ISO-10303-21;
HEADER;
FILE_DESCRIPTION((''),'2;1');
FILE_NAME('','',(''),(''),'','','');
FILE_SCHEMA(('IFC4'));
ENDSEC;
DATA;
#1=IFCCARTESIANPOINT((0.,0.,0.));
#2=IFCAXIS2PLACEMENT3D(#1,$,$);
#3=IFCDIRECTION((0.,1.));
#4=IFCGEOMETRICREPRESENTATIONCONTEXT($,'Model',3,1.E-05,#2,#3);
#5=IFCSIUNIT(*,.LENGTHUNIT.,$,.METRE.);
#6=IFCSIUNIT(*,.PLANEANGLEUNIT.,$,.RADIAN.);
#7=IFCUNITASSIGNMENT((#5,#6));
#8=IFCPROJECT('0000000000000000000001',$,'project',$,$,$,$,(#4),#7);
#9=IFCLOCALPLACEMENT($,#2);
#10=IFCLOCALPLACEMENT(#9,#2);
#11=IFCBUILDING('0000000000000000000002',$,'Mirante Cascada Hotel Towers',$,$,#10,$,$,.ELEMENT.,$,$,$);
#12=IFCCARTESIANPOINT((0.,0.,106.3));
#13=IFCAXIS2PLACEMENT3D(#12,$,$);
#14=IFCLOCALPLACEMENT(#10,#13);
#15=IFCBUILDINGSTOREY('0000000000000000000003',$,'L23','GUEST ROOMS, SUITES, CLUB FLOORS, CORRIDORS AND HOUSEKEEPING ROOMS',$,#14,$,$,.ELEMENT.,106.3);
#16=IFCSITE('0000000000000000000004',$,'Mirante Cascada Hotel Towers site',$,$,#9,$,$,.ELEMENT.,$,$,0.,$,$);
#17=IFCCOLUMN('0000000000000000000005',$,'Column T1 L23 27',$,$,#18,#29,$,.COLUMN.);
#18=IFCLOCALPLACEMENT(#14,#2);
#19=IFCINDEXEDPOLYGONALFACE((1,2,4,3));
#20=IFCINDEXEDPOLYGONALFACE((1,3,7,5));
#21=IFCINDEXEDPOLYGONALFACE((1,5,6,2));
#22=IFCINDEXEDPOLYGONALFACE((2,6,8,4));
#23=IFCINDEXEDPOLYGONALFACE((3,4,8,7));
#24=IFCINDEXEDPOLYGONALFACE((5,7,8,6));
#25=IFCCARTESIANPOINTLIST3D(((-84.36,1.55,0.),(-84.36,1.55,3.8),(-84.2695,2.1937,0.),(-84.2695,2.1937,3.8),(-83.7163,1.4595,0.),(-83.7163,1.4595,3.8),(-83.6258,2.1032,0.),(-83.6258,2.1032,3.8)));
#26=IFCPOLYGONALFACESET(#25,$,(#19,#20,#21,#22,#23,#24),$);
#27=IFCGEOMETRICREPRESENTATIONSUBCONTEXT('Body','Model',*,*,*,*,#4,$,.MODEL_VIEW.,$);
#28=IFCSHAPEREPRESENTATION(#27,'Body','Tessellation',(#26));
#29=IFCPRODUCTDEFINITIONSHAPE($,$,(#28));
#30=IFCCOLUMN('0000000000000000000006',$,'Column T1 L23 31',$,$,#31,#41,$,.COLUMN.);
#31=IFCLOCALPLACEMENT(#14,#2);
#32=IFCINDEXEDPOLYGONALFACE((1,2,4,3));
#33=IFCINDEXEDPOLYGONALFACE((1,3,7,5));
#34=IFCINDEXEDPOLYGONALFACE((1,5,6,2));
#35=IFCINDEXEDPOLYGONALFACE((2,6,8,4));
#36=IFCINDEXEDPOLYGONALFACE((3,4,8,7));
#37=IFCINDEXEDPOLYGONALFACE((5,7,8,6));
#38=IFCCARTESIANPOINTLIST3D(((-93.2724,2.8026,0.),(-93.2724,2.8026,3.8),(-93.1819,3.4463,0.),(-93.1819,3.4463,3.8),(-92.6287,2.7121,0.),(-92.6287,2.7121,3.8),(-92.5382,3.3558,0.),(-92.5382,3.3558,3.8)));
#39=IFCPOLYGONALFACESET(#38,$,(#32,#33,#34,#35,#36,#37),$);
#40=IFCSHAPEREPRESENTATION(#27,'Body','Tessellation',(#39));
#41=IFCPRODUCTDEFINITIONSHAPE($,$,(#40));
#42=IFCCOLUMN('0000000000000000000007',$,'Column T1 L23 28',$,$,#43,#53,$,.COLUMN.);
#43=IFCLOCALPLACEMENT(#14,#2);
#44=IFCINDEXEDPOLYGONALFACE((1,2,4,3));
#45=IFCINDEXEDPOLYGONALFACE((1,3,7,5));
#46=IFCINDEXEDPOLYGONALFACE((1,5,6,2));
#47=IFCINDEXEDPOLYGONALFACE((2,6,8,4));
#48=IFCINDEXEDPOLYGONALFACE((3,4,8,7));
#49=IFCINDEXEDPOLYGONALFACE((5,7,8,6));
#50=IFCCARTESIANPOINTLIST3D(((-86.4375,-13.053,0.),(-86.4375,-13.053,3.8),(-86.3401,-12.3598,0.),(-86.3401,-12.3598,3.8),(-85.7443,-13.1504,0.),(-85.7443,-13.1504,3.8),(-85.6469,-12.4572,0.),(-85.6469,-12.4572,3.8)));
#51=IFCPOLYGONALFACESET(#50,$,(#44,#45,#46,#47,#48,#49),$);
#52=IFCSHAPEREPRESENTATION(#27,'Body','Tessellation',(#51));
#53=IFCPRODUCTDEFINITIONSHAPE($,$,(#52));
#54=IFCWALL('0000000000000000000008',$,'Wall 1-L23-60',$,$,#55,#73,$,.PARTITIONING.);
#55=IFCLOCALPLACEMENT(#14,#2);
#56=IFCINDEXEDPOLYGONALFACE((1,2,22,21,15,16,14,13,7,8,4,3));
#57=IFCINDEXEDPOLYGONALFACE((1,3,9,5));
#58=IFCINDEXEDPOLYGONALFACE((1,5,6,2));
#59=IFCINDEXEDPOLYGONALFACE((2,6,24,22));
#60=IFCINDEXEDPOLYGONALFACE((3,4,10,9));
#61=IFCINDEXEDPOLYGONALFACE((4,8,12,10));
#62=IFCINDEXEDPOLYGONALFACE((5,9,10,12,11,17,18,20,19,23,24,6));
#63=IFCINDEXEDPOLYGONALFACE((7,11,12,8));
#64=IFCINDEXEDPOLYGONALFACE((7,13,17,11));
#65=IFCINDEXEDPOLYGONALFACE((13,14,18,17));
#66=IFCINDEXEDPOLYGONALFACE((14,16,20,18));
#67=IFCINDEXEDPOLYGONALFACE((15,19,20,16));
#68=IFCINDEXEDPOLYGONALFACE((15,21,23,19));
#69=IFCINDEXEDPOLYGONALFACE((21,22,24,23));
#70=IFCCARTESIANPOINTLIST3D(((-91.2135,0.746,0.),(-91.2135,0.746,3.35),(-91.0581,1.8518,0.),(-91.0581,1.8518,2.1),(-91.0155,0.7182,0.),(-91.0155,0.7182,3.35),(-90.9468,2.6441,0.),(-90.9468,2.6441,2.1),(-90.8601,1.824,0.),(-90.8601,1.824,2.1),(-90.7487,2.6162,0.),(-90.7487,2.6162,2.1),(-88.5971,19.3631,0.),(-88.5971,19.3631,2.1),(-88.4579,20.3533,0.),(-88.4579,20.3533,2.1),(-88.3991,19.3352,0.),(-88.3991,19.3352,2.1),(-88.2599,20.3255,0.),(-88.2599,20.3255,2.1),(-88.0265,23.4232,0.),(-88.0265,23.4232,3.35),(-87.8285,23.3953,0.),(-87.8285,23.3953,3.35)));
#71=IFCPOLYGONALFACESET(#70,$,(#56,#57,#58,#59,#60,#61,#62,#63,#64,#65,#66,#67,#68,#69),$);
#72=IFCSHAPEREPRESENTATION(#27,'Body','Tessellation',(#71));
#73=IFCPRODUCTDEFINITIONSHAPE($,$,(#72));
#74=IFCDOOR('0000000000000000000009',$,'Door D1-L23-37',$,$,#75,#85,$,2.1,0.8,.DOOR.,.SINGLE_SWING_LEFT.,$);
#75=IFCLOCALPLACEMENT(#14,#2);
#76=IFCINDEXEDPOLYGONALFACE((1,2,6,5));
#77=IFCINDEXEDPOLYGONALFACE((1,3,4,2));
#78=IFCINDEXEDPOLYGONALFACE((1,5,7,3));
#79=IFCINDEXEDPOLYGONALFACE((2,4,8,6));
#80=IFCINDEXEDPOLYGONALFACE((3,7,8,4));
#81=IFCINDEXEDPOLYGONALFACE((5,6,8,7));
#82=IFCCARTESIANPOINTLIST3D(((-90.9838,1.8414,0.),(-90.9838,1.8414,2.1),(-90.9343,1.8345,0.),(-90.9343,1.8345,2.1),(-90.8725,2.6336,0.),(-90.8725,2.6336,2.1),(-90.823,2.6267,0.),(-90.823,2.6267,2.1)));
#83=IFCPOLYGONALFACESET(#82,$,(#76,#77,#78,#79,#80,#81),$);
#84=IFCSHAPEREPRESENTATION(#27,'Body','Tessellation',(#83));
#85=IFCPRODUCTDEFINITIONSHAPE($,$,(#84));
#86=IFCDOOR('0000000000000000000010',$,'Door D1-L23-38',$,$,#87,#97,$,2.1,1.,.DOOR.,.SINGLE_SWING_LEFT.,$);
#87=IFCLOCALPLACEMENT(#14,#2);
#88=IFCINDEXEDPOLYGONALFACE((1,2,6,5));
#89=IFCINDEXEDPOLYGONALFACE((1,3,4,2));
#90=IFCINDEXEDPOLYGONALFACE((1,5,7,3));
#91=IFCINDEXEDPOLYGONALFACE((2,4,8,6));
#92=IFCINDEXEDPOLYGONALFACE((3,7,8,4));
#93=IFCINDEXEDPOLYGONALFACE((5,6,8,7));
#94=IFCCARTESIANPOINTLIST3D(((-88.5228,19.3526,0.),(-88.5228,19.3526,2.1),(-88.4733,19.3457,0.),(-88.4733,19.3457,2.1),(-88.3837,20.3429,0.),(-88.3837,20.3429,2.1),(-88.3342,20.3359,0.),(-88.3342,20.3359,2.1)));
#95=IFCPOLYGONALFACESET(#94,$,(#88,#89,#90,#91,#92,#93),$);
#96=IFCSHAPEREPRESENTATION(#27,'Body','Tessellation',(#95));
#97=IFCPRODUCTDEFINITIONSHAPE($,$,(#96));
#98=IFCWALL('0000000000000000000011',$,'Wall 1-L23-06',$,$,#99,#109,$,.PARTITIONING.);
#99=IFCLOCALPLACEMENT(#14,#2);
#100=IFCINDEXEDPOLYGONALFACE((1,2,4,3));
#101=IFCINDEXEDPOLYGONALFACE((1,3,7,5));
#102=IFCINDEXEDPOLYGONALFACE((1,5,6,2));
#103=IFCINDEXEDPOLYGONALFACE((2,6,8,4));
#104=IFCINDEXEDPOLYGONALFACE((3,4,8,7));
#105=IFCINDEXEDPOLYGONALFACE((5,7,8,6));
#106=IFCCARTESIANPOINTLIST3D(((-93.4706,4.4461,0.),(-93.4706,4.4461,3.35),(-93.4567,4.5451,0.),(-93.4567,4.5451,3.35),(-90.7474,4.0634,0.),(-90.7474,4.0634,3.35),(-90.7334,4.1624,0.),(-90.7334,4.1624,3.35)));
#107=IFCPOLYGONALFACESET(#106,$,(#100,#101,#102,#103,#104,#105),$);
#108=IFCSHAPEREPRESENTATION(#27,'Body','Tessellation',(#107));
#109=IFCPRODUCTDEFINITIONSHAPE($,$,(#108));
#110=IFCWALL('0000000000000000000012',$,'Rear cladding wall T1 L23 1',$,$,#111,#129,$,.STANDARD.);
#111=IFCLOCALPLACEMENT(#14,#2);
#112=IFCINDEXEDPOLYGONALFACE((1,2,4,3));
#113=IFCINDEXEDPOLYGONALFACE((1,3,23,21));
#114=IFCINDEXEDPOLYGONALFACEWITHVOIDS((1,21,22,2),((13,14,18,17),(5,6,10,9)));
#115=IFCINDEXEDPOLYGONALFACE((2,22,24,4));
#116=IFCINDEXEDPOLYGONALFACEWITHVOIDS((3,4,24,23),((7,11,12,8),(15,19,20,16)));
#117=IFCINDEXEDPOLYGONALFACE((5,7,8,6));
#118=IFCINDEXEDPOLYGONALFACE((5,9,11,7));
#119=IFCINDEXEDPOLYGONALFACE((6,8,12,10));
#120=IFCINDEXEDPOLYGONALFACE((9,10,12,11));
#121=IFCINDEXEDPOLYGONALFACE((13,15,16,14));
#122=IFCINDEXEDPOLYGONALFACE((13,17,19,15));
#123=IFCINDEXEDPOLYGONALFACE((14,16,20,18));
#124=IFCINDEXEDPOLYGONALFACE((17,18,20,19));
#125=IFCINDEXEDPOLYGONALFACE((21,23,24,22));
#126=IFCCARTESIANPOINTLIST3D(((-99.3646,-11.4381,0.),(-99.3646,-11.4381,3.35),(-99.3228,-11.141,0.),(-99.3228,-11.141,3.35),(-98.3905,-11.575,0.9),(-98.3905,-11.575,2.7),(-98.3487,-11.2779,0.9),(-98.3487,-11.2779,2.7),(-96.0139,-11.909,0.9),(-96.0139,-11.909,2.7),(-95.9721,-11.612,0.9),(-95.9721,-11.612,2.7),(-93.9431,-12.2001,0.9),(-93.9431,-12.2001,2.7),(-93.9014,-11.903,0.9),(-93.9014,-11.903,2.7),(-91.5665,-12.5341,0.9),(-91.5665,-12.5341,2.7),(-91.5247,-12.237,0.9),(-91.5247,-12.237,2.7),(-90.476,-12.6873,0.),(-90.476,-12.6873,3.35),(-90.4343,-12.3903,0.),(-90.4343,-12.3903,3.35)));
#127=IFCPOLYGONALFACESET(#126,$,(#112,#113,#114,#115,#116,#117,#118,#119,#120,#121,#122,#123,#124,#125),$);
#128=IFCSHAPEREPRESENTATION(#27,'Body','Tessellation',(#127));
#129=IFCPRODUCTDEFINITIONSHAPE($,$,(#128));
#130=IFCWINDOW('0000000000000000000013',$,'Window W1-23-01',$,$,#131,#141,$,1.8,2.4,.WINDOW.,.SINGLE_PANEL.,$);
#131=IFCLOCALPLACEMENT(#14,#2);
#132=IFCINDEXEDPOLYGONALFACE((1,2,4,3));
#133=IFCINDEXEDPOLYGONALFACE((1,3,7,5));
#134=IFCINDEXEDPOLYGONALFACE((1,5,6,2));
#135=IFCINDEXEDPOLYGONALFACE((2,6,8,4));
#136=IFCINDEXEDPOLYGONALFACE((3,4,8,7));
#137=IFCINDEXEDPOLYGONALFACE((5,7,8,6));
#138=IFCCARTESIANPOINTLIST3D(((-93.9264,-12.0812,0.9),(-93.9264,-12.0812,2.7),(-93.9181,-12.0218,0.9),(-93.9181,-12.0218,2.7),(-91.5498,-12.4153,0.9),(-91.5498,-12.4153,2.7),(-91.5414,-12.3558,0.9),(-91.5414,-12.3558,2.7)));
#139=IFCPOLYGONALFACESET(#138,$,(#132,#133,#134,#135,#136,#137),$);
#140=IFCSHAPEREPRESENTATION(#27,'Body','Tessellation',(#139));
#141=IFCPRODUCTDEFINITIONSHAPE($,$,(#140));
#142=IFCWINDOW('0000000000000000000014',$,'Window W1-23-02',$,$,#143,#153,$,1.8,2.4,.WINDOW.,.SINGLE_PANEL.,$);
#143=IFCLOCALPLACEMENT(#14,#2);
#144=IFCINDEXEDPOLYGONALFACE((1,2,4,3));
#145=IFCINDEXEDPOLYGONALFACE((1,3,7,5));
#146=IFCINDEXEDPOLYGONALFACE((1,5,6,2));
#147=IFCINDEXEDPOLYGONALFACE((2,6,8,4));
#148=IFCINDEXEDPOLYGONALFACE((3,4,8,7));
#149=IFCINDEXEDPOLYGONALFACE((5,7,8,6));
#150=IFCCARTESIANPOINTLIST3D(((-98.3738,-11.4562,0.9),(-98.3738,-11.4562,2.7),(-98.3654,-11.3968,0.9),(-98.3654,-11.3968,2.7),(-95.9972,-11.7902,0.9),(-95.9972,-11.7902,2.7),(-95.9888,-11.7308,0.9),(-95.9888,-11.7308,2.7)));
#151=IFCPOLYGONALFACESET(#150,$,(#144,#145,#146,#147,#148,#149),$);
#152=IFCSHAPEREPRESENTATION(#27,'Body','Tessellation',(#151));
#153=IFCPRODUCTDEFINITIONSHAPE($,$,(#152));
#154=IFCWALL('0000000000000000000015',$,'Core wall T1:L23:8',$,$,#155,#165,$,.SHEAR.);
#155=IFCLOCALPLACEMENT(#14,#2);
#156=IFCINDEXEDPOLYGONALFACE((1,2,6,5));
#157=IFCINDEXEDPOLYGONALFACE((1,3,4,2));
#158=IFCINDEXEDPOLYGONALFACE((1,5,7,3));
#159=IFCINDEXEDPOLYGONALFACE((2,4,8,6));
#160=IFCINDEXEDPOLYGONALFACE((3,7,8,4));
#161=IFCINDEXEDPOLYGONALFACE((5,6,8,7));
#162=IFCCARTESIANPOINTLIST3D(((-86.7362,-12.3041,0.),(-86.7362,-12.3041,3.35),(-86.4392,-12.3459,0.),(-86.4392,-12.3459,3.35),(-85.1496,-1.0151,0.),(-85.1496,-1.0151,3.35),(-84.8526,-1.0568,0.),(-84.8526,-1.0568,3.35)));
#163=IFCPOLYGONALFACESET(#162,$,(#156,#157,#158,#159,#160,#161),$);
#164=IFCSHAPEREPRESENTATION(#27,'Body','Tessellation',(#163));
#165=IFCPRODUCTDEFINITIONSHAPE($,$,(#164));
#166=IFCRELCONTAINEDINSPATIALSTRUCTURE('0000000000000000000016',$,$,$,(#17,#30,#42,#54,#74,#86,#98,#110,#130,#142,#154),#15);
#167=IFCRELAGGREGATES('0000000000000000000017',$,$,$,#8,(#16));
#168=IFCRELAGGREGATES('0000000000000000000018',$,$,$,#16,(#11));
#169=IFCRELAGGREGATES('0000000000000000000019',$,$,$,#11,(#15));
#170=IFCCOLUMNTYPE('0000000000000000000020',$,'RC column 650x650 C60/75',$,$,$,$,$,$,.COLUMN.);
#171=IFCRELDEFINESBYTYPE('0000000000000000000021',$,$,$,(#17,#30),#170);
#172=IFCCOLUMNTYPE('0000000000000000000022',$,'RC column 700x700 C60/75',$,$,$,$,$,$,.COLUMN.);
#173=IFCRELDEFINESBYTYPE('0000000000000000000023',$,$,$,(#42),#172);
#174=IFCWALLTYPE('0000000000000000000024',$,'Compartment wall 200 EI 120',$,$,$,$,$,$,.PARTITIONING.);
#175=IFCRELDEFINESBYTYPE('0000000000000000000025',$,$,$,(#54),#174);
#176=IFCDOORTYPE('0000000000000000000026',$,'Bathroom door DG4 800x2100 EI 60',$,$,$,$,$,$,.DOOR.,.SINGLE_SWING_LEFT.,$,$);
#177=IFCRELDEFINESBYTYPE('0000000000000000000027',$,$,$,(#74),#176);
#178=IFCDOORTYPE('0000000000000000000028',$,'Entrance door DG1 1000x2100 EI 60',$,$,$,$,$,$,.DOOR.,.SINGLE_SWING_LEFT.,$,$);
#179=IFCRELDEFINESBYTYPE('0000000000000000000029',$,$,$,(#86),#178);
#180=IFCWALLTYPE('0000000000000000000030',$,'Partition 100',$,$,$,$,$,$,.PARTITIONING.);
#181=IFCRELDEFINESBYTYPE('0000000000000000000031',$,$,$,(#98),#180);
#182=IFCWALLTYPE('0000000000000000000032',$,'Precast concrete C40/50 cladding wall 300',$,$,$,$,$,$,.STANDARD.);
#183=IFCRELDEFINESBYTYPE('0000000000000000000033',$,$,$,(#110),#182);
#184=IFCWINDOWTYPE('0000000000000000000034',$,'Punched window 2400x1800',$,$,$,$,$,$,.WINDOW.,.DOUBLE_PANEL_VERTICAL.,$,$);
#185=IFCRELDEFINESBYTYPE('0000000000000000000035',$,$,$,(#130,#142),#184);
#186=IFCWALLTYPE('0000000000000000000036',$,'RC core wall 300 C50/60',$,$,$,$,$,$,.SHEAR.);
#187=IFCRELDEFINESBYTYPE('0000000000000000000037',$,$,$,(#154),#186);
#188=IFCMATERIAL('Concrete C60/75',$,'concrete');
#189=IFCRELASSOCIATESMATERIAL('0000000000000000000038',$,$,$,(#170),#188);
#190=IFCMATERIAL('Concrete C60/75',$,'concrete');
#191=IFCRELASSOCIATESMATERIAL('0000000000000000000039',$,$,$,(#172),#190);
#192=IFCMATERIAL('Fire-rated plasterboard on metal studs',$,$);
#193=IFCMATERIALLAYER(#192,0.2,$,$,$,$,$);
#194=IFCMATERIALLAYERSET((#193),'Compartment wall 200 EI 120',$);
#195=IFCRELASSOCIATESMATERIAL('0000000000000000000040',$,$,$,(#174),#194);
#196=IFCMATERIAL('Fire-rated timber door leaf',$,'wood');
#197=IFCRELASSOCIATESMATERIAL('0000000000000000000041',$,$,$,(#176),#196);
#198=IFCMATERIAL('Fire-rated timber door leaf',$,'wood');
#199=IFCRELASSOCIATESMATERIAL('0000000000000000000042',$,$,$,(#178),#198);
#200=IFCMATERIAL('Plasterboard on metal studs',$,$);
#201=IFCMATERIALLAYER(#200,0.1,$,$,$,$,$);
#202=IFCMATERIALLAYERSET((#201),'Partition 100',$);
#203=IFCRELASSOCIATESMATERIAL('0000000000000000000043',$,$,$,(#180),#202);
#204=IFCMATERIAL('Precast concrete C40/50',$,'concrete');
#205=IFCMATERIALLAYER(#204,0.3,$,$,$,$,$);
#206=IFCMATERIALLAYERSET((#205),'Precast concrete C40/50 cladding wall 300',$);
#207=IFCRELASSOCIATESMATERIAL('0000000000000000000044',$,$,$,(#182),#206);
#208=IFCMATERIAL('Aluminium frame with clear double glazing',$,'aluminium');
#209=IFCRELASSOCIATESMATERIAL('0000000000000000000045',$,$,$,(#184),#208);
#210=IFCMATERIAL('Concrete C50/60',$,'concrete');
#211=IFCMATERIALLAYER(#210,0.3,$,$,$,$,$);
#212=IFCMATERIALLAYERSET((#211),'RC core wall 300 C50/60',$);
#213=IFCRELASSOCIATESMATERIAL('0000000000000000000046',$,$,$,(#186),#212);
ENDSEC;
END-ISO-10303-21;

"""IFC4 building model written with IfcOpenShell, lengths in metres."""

from ifc_helpers import new_model, si_unit, direction, frame, frame_2d, origin, origin_2d, place, context, subcontext, project, spatial, rectangle, extrude, material, layer, layer_set, material_profile, profile_set, type_object, element, fill, save


model = new_model("IFC4")

# Units and contexts
model_context = context("Model", 3, precision=1e-05, world=origin(), true_north=direction((0.0, 1.0)))
body_context = subcontext(model_context, "Body", "Model", "MODEL_VIEW")
ifc_project = project(units=[si_unit("LENGTHUNIT", "METRE"), si_unit("PLANEANGLEUNIT", "RADIAN")], contexts=[model_context])

# Site, building, storey
site_placement = place(None, origin())
site = spatial("IfcSite", under=ifc_project, at=site_placement, Name="Mirante Cascada Hotel Towers site", CompositionType="ELEMENT", RefElevation=0.0)
building_placement = place(site_placement, origin())
building = spatial("IfcBuilding", under=site, at=building_placement, Name="Mirante Cascada Hotel Towers", CompositionType="ELEMENT")
storey_placement = place(building_placement, frame((0.0, 0.0, 106.3)))
storey = spatial("IfcBuildingStorey", under=building, at=storey_placement, Name="L23", Description="GUEST ROOMS, SUITES, CLUB FLOORS, CORRIDORS AND HOUSEKEEPING ROOMS", CompositionType="ELEMENT", Elevation=106.3)

# Columns
ifc_material_1 = material(Name="Concrete C60/75", Category="concrete")
ifc_material_profile_1 = material_profile(ifc_material_1, rectangle(XDim=0.65, YDim=0.65, at=origin_2d()), Name="RC column 650x650 C60/75")
ifc_profile_set_1 = profile_set([ifc_material_profile_1], Name="Concrete C60/75")
column_type_1 = type_object("IfcColumnType", Name="RC column 650x650 C60/75", PredefinedType="COLUMN", material=ifc_profile_set_1)
for number, where, z_axis, x_axis, name in (
    (1, (-83.9929, 1.8266, 0.0), (0.0, 0.0, 1.0), (-0.990268, 0.139173, 0.0), "Column T1 L23 27"),
    (2, (-92.9053, 3.0792, 0.0), (0.0, 0.0, 1.0), (-0.990268, 0.139173, 0.0), "Column T1 L23 31"),
):
    element("IfcColumn", number, at=place(storey_placement, frame(where, z_axis=z_axis, x_axis=x_axis)), inside=storey, type_object=column_type_1, Name=name, PredefinedType="COLUMN", context=body_context, shape_type="SweptSolid", body=[
        extrude(rectangle(XDim=0.65, YDim=0.65, at=origin_2d()), origin(), (0.0, 0.0, 1.0), 3.8),
    ])
ifc_material_2 = material(Name="Concrete C60/75", Category="concrete")
ifc_material_profile_2 = material_profile(ifc_material_2, rectangle(XDim=0.7, YDim=0.7, at=origin_2d()), Name="RC column 700x700 C60/75")
ifc_profile_set_2 = profile_set([ifc_material_profile_2], Name="Concrete C60/75")
column_type_2 = type_object("IfcColumnType", Name="RC column 700x700 C60/75", PredefinedType="COLUMN", material=ifc_profile_set_2)
column_placement = place(storey_placement, frame((-86.0422, -12.7551, 0.0), z_axis=(0.0, 0.0, 1.0), x_axis=(-0.990268, 0.139173, 0.0)))
element("IfcColumn", 3, at=column_placement, inside=storey, type_object=column_type_2, Name="Column T1 L23 28", PredefinedType="COLUMN", context=body_context, shape_type="SweptSolid", body=[
    extrude(rectangle(XDim=0.7, YDim=0.7, at=origin_2d()), origin(), (0.0, 0.0, 1.0), 3.8),
])

# Wall, openings, doors
ifc_material_3 = material(Name="Fire-rated plasterboard on metal studs")
ifc_layer_1 = layer(ifc_material_3, 0.2)
ifc_layer_set_1 = layer_set([ifc_layer_1], Name="Compartment wall 200 EI 120")
wall_type_1 = type_object("IfcWallType", Name="Compartment wall 200 EI 120", PredefinedType="PARTITIONING", material=ifc_layer_set_1)
wall_1_placement = place(storey_placement, frame((-91.1145, 0.7321, 0.0), z_axis=(0.0, 0.0, 1.0), x_axis=(0.139171, 0.990268, 0.0)))
wall_1 = element("IfcWall", 4, at=wall_1_placement, inside=storey, type_object=wall_type_1, Name="Wall 1-L23-60", PredefinedType="PARTITIONING", context=body_context, shape_type="SweptSolid", body=[
    extrude(rectangle(XDim=22.9, YDim=0.2, at=frame_2d((11.45, 0.0))), origin(), (0.0, 0.0, 1.0), 3.35),
])
opening_1_placement = place(wall_1_placement, frame((1.1167, 0.0, 0.0)))
opening_1 = element("IfcOpeningElement", 5, at=opening_1_placement, cuts=wall_1, PredefinedType="OPENING", context=body_context, shape_type="SweptSolid", body=[
    extrude(rectangle(XDim=0.8, YDim=2.1, at=frame_2d((0.4, 1.05))), frame((0.0, 0.1, 0.0), z_axis=(0.0, -1.0, 0.0), x_axis=(1.0, 0.0, 0.0)), (0.0, 0.0, 1.0), 0.2),
])
opening_2_placement = place(wall_1_placement, frame((18.8, 0.0, 0.0)))
opening_2 = element("IfcOpeningElement", 6, at=opening_2_placement, cuts=wall_1, PredefinedType="OPENING", context=body_context, shape_type="SweptSolid", body=[
    extrude(rectangle(XDim=1.0, YDim=2.1, at=frame_2d((0.5, 1.05))), frame((0.0, 0.1, 0.0), z_axis=(0.0, -1.0, 0.0), x_axis=(1.0, 0.0, 0.0)), (0.0, 0.0, 1.0), 0.2),
])
ifc_material_4 = material(Name="Fire-rated timber door leaf", Category="wood")
door_type_1 = type_object("IfcDoorType", Name="Bathroom door DG4 800x2100 EI 60", OperationType="SINGLE_SWING_LEFT", PredefinedType="DOOR", material=ifc_material_4)
door_1_placement = place(opening_1_placement, origin())
door_1 = element("IfcDoor", 7, at=door_1_placement, inside=storey, type_object=door_type_1, Name="Door D1-L23-37", OperationType="SINGLE_SWING_LEFT", OverallHeight=2.1, OverallWidth=0.8, PredefinedType="DOOR", context=body_context, shape_type="SweptSolid", body=[
    extrude(rectangle(XDim=0.8, YDim=2.1, at=frame_2d((0.4, 1.05))), frame((0.0, 0.025, 0.0), z_axis=(0.0, -1.0, 0.0), x_axis=(1.0, 0.0, 0.0)), (0.0, 0.0, 1.0), 0.05),
])
fill(opening_1, door_1)
ifc_material_5 = material(Name="Fire-rated timber door leaf", Category="wood")
door_type_2 = type_object("IfcDoorType", Name="Entrance door DG1 1000x2100 EI 60", OperationType="SINGLE_SWING_LEFT", PredefinedType="DOOR", material=ifc_material_5)
door_2_placement = place(opening_2_placement, origin())
door_2 = element("IfcDoor", 8, at=door_2_placement, inside=storey, type_object=door_type_2, Name="Door D1-L23-38", OperationType="SINGLE_SWING_LEFT", OverallHeight=2.1, OverallWidth=1.0, PredefinedType="DOOR", context=body_context, shape_type="SweptSolid", body=[
    extrude(rectangle(XDim=1.0, YDim=2.1, at=frame_2d((0.5, 1.05))), frame((0.0, 0.025, 0.0), z_axis=(0.0, -1.0, 0.0), x_axis=(1.0, 0.0, 0.0)), (0.0, 0.0, 1.0), 0.05),
])
fill(opening_2, door_2)

# Wall
ifc_material_6 = material(Name="Plasterboard on metal studs")
ifc_layer_2 = layer(ifc_material_6, 0.1)
ifc_layer_set_2 = layer_set([ifc_layer_2], Name="Partition 100")
wall_type_2 = type_object("IfcWallType", Name="Partition 100", PredefinedType="PARTITIONING", material=ifc_layer_set_2)
wall_2_placement = place(storey_placement, frame((-90.7404, 4.1129, 0.0), z_axis=(0.0, 0.0, 1.0), x_axis=(-0.990269, 0.139166, 0.0)))
element("IfcWall", 9, at=wall_2_placement, inside=storey, type_object=wall_type_2, Name="Wall 1-L23-06", PredefinedType="PARTITIONING", context=body_context, shape_type="SweptSolid", body=[
    extrude(rectangle(XDim=2.75, YDim=0.1, at=frame_2d((1.375, 0.0))), origin(), (0.0, 0.0, 1.0), 3.35),
])

# Wall, openings, windows
ifc_material_7 = material(Name="Precast concrete C40/50", Category="concrete")
ifc_layer_3 = layer(ifc_material_7, 0.3)
ifc_layer_set_3 = layer_set([ifc_layer_3], Name="Precast concrete C40/50 cladding wall 300")
wall_type_3 = type_object("IfcWallType", Name="Precast concrete C40/50 cladding wall 300", PredefinedType="STANDARD", material=ifc_layer_set_3)
wall_3_placement = place(storey_placement, frame((-90.4551, -12.5388, 0.0), z_axis=(0.0, 0.0, 1.0), x_axis=(-0.990268, 0.139173, 0.0)))
wall_3 = element("IfcWall", 10, at=wall_3_placement, inside=storey, type_object=wall_type_3, Name="Rear cladding wall T1 L23 1", PredefinedType="STANDARD", context=body_context, shape_type="SweptSolid", body=[
    extrude(rectangle(XDim=8.9759, YDim=0.3, at=frame_2d((4.488, 0.0))), origin(), (0.0, 0.0, 1.0), 3.35),
])
opening_3_placement = place(wall_3_placement, frame((1.1012, 0.0, 0.9)))
opening_3 = element("IfcOpeningElement", 11, at=opening_3_placement, cuts=wall_3, PredefinedType="OPENING", context=body_context, shape_type="SweptSolid", body=[
    extrude(rectangle(XDim=2.4, YDim=1.8, at=frame_2d((1.2, 0.9))), frame((0.0, 0.15, 0.0), z_axis=(0.0, -1.0, 0.0), x_axis=(1.0, 0.0, 0.0)), (0.0, 0.0, 1.0), 0.3),
])
opening_4_placement = place(wall_3_placement, frame((5.5923, 0.0, 0.9)))
opening_4 = element("IfcOpeningElement", 12, at=opening_4_placement, cuts=wall_3, PredefinedType="OPENING", context=body_context, shape_type="SweptSolid", body=[
    extrude(rectangle(XDim=2.4, YDim=1.8, at=frame_2d((1.2, 0.9))), frame((0.0, 0.15, 0.0), z_axis=(0.0, -1.0, 0.0), x_axis=(1.0, 0.0, 0.0)), (0.0, 0.0, 1.0), 0.3),
])
ifc_material_8 = material(Name="Aluminium frame with clear double glazing", Category="aluminium")
window_type = type_object("IfcWindowType", Name="Punched window 2400x1800", PartitioningType="DOUBLE_PANEL_VERTICAL", PredefinedType="WINDOW", material=ifc_material_8)
window_1_placement = place(opening_3_placement, origin())
window_1 = element("IfcWindow", 13, at=window_1_placement, inside=storey, type_object=window_type, Name="Window W1-23-01", OverallHeight=1.8, OverallWidth=2.4, PartitioningType="SINGLE_PANEL", PredefinedType="WINDOW", context=body_context, shape_type="SweptSolid", body=[
    extrude(rectangle(XDim=2.4, YDim=1.8, at=frame_2d((1.2, 0.9))), frame((0.0, 0.03, 0.0), z_axis=(0.0, -1.0, 0.0), x_axis=(1.0, 0.0, 0.0)), (0.0, 0.0, 1.0), 0.06),
])
fill(opening_3, window_1)
window_2_placement = place(opening_4_placement, origin())
window_2 = element("IfcWindow", 14, at=window_2_placement, inside=storey, type_object=window_type, Name="Window W1-23-02", OverallHeight=1.8, OverallWidth=2.4, PartitioningType="SINGLE_PANEL", PredefinedType="WINDOW", context=body_context, shape_type="SweptSolid", body=[
    extrude(rectangle(XDim=2.4, YDim=1.8, at=frame_2d((1.2, 0.9))), frame((0.0, 0.03, 0.0), z_axis=(0.0, -1.0, 0.0), x_axis=(1.0, 0.0, 0.0)), (0.0, 0.0, 1.0), 0.06),
])
fill(opening_4, window_2)

# Wall
ifc_material_9 = material(Name="Concrete C50/60", Category="concrete")
ifc_layer_4 = layer(ifc_material_9, 0.3)
ifc_layer_set_4 = layer_set([ifc_layer_4], Name="RC core wall 300 C50/60")
wall_type_4 = type_object("IfcWallType", Name="RC core wall 300 C50/60", PredefinedType="SHEAR", material=ifc_layer_set_4)
wall_4_placement = place(storey_placement, frame((-86.5877, -12.325, 0.0), z_axis=(0.0, 0.0, 1.0), x_axis=(0.139175, 0.990268, 0.0)))
element("IfcWall", 15, at=wall_4_placement, inside=storey, type_object=wall_type_4, Name="Core wall T1:L23:8", PredefinedType="SHEAR", context=body_context, shape_type="SweptSolid", body=[
    extrude(rectangle(XDim=11.4, YDim=0.3, at=frame_2d((5.7, 0.0))), origin(), (0.0, 0.0, 1.0), 3.35),
])

save(model, "model.ifc")
